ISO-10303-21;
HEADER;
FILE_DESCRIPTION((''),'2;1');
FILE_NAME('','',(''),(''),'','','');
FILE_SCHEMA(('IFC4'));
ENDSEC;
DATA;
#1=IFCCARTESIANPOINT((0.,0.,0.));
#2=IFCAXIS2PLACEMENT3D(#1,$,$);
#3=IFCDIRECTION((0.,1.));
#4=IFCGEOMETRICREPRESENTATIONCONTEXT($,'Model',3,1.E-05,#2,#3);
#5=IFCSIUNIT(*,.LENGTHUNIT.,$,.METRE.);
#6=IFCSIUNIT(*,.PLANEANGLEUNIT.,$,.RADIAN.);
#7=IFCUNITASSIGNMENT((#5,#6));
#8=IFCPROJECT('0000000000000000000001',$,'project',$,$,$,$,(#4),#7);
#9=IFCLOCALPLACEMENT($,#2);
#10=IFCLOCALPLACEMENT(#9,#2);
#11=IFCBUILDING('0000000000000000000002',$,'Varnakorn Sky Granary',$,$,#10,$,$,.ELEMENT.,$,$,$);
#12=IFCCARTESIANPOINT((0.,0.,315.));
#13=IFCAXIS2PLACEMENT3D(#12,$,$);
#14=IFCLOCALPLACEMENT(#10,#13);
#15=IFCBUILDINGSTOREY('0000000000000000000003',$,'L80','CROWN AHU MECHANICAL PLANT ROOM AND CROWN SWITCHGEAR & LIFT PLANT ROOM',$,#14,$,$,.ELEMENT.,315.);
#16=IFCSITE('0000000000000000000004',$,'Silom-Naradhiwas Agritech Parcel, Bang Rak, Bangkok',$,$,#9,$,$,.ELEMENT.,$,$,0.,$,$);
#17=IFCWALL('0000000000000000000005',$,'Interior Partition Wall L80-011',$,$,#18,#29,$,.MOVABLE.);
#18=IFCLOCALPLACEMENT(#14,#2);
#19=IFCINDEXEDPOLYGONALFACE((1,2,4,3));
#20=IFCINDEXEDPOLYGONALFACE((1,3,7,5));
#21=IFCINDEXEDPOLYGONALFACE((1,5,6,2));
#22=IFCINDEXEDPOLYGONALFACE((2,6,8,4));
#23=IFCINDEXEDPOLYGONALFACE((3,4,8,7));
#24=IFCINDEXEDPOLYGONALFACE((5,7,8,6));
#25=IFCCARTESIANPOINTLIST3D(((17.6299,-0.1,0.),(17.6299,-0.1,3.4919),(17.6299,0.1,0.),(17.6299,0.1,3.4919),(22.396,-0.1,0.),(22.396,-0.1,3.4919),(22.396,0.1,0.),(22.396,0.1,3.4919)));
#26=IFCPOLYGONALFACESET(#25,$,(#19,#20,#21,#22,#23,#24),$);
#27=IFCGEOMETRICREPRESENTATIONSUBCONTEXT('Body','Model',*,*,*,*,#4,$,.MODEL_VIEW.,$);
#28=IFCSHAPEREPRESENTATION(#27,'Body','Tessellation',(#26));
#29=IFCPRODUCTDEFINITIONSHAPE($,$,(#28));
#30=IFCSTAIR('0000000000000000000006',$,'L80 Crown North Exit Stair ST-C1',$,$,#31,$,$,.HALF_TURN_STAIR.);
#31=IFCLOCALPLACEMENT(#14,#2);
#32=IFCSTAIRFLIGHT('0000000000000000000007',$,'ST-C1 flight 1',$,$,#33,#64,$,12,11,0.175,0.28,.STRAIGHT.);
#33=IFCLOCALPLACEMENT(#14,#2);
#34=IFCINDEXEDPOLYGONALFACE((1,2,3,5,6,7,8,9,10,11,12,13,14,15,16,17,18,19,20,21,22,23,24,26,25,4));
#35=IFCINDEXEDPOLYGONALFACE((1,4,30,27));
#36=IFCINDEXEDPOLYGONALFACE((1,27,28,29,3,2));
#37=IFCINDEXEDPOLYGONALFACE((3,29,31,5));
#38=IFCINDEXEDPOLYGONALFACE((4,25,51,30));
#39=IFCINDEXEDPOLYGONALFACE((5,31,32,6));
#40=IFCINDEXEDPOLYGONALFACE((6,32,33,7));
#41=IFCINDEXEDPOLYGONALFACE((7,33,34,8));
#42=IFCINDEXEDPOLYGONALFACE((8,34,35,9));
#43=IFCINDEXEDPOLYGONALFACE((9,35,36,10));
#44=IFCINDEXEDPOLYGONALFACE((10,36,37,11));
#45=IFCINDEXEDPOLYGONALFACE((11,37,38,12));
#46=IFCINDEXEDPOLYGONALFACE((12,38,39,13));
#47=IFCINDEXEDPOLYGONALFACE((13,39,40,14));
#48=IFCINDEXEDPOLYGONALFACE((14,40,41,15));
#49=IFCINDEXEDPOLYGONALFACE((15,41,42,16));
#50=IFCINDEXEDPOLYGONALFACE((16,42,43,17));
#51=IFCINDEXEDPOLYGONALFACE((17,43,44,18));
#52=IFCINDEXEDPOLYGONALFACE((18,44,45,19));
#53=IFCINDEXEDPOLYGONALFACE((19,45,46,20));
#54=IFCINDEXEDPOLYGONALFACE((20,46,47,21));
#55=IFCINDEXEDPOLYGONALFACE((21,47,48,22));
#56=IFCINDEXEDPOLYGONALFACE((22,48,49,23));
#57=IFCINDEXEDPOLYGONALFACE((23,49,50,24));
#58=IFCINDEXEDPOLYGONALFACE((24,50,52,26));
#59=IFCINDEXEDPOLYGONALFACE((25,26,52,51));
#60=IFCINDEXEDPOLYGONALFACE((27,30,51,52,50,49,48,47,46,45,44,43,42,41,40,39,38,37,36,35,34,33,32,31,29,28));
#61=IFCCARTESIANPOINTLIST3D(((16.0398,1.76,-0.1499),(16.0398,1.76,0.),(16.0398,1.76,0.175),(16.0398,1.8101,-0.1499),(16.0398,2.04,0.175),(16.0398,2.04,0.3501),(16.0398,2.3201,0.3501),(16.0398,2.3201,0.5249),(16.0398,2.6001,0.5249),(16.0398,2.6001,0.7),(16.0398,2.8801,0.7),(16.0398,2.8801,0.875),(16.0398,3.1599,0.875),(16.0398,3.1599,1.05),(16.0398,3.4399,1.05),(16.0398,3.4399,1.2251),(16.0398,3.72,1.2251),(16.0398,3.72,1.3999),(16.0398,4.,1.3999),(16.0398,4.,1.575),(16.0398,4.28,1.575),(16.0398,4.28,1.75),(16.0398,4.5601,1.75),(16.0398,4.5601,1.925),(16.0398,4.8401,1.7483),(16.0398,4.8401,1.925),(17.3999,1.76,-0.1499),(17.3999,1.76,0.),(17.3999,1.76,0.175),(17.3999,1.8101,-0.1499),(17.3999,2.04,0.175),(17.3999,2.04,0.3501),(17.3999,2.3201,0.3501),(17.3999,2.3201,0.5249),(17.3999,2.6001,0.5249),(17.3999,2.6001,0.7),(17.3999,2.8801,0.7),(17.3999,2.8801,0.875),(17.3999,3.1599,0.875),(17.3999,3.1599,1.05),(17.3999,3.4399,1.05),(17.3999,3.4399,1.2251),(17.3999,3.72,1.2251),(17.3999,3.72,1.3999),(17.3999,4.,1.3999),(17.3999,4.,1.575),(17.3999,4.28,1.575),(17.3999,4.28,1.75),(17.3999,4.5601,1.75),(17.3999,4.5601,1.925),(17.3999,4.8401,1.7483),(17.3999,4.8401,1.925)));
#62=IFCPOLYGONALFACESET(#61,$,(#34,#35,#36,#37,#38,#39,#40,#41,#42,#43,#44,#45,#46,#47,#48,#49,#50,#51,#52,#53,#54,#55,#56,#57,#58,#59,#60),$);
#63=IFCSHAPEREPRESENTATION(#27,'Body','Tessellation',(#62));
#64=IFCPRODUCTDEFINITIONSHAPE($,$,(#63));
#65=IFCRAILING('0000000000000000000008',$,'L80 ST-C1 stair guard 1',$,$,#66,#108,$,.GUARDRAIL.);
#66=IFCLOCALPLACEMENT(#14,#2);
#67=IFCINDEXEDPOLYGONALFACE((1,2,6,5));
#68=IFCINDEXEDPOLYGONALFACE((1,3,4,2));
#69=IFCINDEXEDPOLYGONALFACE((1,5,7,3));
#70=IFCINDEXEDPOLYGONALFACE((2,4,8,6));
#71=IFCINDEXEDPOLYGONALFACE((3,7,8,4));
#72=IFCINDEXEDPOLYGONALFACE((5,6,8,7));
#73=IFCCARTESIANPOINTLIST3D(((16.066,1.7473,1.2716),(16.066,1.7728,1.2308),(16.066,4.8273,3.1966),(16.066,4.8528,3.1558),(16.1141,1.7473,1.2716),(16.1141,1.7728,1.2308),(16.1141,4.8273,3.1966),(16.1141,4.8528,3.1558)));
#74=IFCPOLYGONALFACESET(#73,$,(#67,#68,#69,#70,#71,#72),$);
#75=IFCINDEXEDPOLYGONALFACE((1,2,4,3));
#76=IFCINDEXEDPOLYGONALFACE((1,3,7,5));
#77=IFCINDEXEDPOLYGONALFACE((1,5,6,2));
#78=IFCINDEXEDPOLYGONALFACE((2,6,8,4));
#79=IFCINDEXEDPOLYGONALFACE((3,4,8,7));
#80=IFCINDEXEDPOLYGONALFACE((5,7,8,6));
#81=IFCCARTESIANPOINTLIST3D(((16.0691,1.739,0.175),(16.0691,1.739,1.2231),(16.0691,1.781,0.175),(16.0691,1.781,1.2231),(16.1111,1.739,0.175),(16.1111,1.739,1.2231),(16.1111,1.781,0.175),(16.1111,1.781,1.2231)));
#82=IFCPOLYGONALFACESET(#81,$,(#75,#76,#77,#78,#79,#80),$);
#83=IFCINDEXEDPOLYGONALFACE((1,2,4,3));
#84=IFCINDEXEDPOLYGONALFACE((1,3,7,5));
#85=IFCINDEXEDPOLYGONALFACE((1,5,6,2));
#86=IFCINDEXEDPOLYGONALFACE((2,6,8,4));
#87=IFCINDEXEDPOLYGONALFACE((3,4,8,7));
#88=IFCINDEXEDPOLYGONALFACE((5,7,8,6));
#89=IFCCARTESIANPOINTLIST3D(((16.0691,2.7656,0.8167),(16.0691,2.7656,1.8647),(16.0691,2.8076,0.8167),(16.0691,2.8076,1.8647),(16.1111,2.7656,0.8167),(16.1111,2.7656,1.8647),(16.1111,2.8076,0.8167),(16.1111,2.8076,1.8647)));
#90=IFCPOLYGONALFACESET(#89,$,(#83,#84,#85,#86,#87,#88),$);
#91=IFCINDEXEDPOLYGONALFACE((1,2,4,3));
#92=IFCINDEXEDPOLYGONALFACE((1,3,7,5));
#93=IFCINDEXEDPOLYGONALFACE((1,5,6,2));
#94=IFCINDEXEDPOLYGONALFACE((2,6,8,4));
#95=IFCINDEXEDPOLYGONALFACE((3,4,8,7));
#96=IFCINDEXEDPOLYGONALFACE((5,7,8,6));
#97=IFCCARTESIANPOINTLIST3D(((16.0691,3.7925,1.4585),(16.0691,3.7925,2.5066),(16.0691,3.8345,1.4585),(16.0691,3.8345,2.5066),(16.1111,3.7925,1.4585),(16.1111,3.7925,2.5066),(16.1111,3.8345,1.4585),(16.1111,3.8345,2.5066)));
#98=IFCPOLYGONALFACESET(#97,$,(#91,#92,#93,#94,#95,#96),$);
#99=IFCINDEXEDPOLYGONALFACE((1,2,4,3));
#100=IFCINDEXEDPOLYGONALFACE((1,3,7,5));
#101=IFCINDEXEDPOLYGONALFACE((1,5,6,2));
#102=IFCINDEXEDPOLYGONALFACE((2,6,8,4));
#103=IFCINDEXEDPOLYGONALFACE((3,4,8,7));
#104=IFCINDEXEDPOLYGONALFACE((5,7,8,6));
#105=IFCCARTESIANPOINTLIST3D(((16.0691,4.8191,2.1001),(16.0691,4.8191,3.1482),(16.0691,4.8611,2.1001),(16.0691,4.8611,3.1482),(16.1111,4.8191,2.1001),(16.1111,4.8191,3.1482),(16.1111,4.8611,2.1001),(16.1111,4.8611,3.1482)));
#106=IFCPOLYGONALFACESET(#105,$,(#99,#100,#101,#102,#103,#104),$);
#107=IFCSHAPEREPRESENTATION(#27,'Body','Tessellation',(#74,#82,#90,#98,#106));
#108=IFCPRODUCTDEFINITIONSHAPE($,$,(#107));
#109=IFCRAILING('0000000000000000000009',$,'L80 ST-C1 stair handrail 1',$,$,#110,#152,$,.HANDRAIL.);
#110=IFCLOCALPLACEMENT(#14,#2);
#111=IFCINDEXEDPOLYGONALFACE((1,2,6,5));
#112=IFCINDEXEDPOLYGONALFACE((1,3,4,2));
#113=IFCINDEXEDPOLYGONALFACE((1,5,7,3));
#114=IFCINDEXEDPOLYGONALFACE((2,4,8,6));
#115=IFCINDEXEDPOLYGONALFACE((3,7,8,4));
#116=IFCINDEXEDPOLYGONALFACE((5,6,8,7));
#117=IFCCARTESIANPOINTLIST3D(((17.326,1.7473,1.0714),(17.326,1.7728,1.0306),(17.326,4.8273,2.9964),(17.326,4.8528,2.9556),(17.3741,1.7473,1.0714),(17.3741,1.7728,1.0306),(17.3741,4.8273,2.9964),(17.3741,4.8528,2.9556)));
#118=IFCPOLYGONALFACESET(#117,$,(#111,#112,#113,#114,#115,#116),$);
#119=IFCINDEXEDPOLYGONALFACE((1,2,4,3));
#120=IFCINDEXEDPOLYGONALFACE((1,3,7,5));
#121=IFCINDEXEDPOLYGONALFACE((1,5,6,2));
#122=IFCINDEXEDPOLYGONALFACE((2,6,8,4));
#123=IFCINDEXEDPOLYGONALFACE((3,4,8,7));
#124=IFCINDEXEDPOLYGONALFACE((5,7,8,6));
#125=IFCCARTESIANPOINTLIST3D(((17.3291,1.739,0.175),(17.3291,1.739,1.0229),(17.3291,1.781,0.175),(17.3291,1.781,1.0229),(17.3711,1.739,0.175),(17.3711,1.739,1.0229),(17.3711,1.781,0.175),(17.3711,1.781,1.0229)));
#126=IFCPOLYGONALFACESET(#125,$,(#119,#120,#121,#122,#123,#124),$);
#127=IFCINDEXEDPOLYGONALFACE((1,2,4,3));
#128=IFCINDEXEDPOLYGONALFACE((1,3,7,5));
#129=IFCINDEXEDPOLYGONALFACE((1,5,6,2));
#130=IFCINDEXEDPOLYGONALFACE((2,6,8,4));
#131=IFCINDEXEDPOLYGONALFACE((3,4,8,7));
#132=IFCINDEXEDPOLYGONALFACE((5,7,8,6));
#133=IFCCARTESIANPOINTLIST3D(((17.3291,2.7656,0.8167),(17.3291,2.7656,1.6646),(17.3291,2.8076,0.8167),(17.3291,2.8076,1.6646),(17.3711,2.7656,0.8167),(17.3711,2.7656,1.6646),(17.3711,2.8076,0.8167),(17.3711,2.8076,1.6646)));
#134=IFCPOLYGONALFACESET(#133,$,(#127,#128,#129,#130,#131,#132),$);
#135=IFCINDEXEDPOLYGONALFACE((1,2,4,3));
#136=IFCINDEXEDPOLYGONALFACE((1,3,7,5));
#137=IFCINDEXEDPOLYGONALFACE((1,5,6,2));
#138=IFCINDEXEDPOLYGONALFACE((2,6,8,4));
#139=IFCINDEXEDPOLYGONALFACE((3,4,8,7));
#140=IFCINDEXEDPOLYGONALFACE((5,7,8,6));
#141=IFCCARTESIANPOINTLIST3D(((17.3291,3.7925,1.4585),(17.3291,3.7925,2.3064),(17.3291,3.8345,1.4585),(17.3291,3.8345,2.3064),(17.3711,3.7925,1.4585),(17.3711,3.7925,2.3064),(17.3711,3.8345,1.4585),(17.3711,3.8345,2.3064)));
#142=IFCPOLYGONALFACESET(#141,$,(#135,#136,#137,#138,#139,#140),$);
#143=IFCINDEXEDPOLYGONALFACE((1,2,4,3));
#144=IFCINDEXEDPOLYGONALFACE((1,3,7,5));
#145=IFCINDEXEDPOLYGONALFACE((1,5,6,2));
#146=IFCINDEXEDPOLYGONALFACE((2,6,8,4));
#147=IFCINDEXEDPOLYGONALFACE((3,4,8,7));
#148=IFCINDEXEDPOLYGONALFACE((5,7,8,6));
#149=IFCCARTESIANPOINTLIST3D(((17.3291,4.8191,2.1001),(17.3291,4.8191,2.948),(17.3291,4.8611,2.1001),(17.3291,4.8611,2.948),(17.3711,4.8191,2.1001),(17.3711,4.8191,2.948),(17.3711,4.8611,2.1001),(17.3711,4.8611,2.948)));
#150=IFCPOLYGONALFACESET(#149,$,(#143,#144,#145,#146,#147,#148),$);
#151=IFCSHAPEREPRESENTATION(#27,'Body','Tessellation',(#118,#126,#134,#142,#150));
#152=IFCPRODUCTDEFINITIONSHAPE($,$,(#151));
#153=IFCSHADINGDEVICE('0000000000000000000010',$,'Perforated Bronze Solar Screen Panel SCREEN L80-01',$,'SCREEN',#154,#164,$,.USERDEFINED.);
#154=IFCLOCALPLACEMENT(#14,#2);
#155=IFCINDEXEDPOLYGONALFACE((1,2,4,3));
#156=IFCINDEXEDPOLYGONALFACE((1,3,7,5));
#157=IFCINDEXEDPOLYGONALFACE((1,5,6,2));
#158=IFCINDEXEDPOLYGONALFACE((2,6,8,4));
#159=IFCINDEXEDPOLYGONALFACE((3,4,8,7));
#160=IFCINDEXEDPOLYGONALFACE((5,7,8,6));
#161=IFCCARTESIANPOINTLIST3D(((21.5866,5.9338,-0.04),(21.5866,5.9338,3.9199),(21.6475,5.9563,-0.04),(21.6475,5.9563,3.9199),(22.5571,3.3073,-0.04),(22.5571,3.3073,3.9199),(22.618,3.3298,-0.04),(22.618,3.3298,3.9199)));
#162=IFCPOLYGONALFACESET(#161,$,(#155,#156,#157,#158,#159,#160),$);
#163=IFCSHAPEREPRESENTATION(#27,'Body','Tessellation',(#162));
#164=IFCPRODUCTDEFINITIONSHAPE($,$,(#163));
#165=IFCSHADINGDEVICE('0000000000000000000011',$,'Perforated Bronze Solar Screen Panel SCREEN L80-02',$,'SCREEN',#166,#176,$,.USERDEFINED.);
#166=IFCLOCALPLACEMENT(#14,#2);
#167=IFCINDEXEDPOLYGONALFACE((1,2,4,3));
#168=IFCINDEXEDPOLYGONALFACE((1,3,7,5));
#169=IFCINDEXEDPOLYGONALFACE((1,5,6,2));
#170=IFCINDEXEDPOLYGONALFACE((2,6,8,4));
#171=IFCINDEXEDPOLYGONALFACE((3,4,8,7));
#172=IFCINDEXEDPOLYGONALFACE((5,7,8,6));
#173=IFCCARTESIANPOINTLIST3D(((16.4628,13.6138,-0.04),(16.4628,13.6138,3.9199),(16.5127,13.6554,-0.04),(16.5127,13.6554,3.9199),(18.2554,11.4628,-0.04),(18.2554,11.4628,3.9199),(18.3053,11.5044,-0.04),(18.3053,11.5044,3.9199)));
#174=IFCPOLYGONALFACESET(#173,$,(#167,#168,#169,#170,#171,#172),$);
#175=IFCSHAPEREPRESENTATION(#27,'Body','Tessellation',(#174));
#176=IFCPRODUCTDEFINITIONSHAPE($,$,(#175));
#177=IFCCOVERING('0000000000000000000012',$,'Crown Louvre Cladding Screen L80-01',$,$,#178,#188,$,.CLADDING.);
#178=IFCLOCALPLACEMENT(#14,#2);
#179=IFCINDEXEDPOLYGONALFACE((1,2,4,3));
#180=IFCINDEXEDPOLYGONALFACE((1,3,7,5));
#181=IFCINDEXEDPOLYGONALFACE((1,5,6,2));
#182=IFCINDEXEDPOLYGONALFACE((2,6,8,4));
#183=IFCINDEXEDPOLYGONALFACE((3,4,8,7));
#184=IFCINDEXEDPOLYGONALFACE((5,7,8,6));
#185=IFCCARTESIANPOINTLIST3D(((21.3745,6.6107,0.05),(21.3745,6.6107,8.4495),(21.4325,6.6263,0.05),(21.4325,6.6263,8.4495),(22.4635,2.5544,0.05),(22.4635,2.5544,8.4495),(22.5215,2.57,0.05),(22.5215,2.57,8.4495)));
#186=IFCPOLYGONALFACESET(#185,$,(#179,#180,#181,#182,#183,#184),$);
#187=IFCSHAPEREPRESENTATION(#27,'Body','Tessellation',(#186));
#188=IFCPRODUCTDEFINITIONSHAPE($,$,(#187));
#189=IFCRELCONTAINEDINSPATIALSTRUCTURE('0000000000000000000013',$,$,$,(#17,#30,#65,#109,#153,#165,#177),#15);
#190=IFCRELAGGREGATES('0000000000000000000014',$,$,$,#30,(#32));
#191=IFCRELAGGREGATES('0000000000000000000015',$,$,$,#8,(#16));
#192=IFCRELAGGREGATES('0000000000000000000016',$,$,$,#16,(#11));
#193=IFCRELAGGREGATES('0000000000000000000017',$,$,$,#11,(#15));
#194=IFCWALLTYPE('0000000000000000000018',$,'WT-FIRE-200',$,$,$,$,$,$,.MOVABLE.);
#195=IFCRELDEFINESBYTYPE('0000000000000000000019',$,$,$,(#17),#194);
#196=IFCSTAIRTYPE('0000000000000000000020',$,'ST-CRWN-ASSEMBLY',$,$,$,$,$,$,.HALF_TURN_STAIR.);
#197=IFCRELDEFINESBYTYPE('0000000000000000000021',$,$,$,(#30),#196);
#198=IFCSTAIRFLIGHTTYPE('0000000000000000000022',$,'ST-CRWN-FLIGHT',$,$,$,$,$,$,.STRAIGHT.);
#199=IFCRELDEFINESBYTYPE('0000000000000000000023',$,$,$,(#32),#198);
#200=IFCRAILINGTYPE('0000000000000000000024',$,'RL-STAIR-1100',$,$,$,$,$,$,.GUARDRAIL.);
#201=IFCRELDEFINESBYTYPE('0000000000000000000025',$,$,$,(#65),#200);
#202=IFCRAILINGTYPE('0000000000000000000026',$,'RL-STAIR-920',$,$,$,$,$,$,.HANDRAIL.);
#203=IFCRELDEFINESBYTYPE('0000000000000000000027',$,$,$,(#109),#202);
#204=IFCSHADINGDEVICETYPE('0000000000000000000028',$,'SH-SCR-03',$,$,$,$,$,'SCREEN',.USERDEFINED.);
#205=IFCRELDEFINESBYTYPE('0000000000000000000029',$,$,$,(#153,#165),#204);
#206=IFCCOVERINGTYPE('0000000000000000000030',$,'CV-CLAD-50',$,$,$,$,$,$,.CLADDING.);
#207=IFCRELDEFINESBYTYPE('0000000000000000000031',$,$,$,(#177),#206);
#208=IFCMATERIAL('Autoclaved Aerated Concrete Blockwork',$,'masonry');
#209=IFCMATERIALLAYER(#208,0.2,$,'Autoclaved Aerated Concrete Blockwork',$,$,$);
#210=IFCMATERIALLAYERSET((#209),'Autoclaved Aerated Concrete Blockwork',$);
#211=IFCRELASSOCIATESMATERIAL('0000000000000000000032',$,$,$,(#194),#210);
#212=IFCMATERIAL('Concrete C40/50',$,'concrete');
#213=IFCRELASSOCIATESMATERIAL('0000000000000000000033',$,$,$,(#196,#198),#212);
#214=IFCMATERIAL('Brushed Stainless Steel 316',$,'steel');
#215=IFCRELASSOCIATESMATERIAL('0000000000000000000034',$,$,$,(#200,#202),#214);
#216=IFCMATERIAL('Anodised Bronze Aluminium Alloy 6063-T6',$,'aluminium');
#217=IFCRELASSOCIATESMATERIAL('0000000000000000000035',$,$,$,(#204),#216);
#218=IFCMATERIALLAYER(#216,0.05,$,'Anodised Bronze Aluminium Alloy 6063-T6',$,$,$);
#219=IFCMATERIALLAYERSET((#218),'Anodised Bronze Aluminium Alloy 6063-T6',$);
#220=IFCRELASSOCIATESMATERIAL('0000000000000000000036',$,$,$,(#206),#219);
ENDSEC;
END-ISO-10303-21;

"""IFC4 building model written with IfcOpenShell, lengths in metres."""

from ifc_helpers import new_model, si_unit, direction, frame, frame_2d, origin, origin_2d, place, context, subcontext, project, spatial, polyline, rectangle, outline, extrude, source, transform, mapped, material, layer, layer_set, type_object, type_shapes, element, aggregate, save


model = new_model("IFC4")

# Units and contexts
model_context = context("Model", 3, precision=1e-05, world=origin(), true_north=direction((0.0, 1.0)))
body_context = subcontext(model_context, "Body", "Model", "MODEL_VIEW")
ifc_project = project(units=[si_unit("LENGTHUNIT", "METRE"), si_unit("PLANEANGLEUNIT", "RADIAN")], contexts=[model_context])

# Site, building, storey
site_placement = place(None, origin())
site = spatial("IfcSite", under=ifc_project, at=site_placement, Name="Silom-Naradhiwas Agritech Parcel, Bang Rak, Bangkok", CompositionType="ELEMENT", RefElevation=0.0)
building_placement = place(site_placement, origin())
building = spatial("IfcBuilding", under=site, at=building_placement, Name="Varnakorn Sky Granary", CompositionType="ELEMENT")
storey_placement = place(building_placement, frame((0.0, 0.0, 315.0)))
storey = spatial("IfcBuildingStorey", under=building, at=storey_placement, Name="L80", Description="CROWN AHU MECHANICAL PLANT ROOM AND CROWN SWITCHGEAR & LIFT PLANT ROOM", CompositionType="ELEMENT", Elevation=315.0)

# Shared definitions
ifc_material_1 = material(Name="Anodised Bronze Aluminium Alloy 6063-T6", Category="aluminium")

# Wall
ifc_material_2 = material(Name="Autoclaved Aerated Concrete Blockwork", Category="masonry")
ifc_layer_1 = layer(ifc_material_2, 0.2, Name="Autoclaved Aerated Concrete Blockwork")
ifc_layer_set_1 = layer_set([ifc_layer_1], Name="Autoclaved Aerated Concrete Blockwork")
wall_type_1 = type_object("IfcWallType", Name="WT-FIRE-200", PredefinedType="MOVABLE", material=ifc_layer_set_1)
wall_1_placement = place(storey_placement, frame((22.396, 0.0, 0.0), z_axis=(0.0, 0.0, 1.0), x_axis=(-1.0, 0.0, 0.0)))
element("IfcWall", 1, at=wall_1_placement, inside=storey, type_object=wall_type_1, Name="Interior Partition Wall L80-011", PredefinedType="MOVABLE", context=body_context, shape_type="SweptSolid", body=[
    extrude(rectangle(XDim=4.7661, YDim=0.2, at=frame_2d((2.3831, 0.0))), origin(), (0.0, 0.0, 1.0), 3.4919),
])

# Stair, stair flight
ifc_material_3 = material(Name="Concrete C40/50", Category="concrete")
stair_type = type_object("IfcStairType", Name="ST-CRWN-ASSEMBLY", PredefinedType="HALF_TURN_STAIR", material=ifc_material_3)
stair_placement = place(storey_placement, origin())
stair = element("IfcStair", 2, at=stair_placement, inside=storey, type_object=stair_type, Name="L80 Crown North Exit Stair ST-C1", PredefinedType="HALF_TURN_STAIR")
stair_flight_type = type_object("IfcStairFlightType", Name="ST-CRWN-FLIGHT", PredefinedType="STRAIGHT", material=ifc_material_3)
stair_flight_placement = place(storey_placement, frame((16.72, 1.76, 0.0), z_axis=(0.0, 0.0, 1.0), x_axis=(0.0, 1.0, 0.0)))
stair_flight = element("IfcStairFlight", 3, at=stair_flight_placement, type_object=stair_flight_type, Name="ST-C1 flight 1", NumberOfRisers=12, NumberOfTreads=11, PredefinedType="STRAIGHT", RiserHeight=0.175, TreadLength=0.28, context=body_context, shape_type="SweptSolid", body=[
    extrude(outline(polyline([(0.0, -0.1499), (0.0, 0.0), (0.0, 0.175), (0.28, 0.175), (0.28, 0.3501), (0.5601, 0.3501), (0.5601, 0.5249), (0.8401, 0.5249), (0.8401, 0.7), (1.1201, 0.7), (1.1201, 0.875), (1.3999, 0.875), (1.3999, 1.05), (1.6799, 1.05), (1.6799, 1.2251), (1.96, 1.2251), (1.96, 1.3999), (2.24, 1.3999), (2.24, 1.575), (2.52, 1.575), (2.52, 1.75), (2.8, 1.75), (2.8, 1.925), (3.0801, 1.925), (3.0801, 2.1001), (3.0801, 1.7483), (0.05, -0.1499), (0.0, -0.1499)])), frame((0.0, 0.6802, 0.0), z_axis=(0.0, -1.0, 0.0), x_axis=(1.0, 0.0, 0.0)), (0.0, 0.0, 1.0), 1.3601),
])
aggregate(stair, [stair_flight])

# Railings
ifc_material_4 = material(Name="Brushed Stainless Steel 316", Category="steel")
railing_type_1 = type_object("IfcRailingType", Name="RL-STAIR-1100", PredefinedType="GUARDRAIL", material=ifc_material_4)
railing_1_placement = place(storey_placement, frame((16.0901, 1.76, 0.175)))
element("IfcRailing", 4, at=railing_1_placement, inside=storey, type_object=railing_type_1, Name="L80 ST-C1 stair guard 1", PredefinedType="GUARDRAIL", context=body_context, shape_type="SweptSolid", body=[
    extrude(rectangle(XDim=0.0481, YDim=0.0481, at=origin_2d()), frame((0.0, 0.0, 1.0762), z_axis=(0.0, 0.847998, 0.529999), x_axis=(-1.0, 0.0, 0.0)), (0.0, 0.0, 1.0), 3.6321),
    extrude(rectangle(XDim=0.042, YDim=0.042, at=origin_2d()), origin(), (0.0, 0.0, 1.0), 1.0481),
    extrude(rectangle(XDim=0.042, YDim=0.042, at=origin_2d()), frame((0.0, 1.0266, 0.6416)), (0.0, 0.0, 1.0), 1.0481),
    extrude(rectangle(XDim=0.042, YDim=0.042, at=origin_2d()), frame((0.0, 2.0535, 1.2834)), (0.0, 0.0, 1.0), 1.0481),
    extrude(rectangle(XDim=0.042, YDim=0.042, at=origin_2d()), frame((0.0, 3.0801, 1.925)), (0.0, 0.0, 1.0), 1.0481),
])
railing_type_2 = type_object("IfcRailingType", Name="RL-STAIR-920", PredefinedType="HANDRAIL", material=ifc_material_4)
railing_2_placement = place(storey_placement, frame((17.3501, 1.76, 0.175)))
element("IfcRailing", 5, at=railing_2_placement, inside=storey, type_object=railing_type_2, Name="L80 ST-C1 stair handrail 1", PredefinedType="HANDRAIL", context=body_context, shape_type="SweptSolid", body=[
    extrude(rectangle(XDim=0.0481, YDim=0.0481, at=origin_2d()), frame((0.0, 0.0, 0.876), z_axis=(0.0, 0.847998, 0.529999), x_axis=(-1.0, 0.0, 0.0)), (0.0, 0.0, 1.0), 3.6321),
    extrude(rectangle(XDim=0.042, YDim=0.042, at=origin_2d()), origin(), (0.0, 0.0, 1.0), 0.8479),
    extrude(rectangle(XDim=0.042, YDim=0.042, at=origin_2d()), frame((0.0, 1.0266, 0.6416)), (0.0, 0.0, 1.0), 0.8479),
    extrude(rectangle(XDim=0.042, YDim=0.042, at=origin_2d()), frame((0.0, 2.0535, 1.2834)), (0.0, 0.0, 1.0), 0.8479),
    extrude(rectangle(XDim=0.042, YDim=0.042, at=origin_2d()), frame((0.0, 3.0801, 1.925)), (0.0, 0.0, 1.0), 0.8479),
])

# Shading devices
shading_device_type = type_object("IfcShadingDeviceType", Name="SH-SCR-03", ElementType="SCREEN", PredefinedType="USERDEFINED", material=ifc_material_1)
shared_shape_1 = source(origin(), body_context, "Body", "SweptSolid", [
    extrude(rectangle(XDim=2.8, YDim=0.0649, at=origin_2d()), origin(), (0.0, 0.0, 1.0), 3.96),
])
type_shapes(shading_device_type, [shared_shape_1])
for number, where, z_axis, x_axis, name in (
    (6, (22.1023, 4.6318, -0.04), (0.0, 0.0, 1.0), (-0.346582, 0.93802, 0.0), "Perforated Bronze Solar Screen Panel SCREEN L80-01"),
    (7, (17.384, 12.5591, -0.04), (0.0, 0.0, 1.0), (-0.640206, 0.768203, 0.0), "Perforated Bronze Solar Screen Panel SCREEN L80-02"),
):
    element("IfcShadingDevice", number, at=place(storey_placement, frame(where, z_axis=z_axis, x_axis=x_axis)), inside=storey, type_object=shading_device_type, Name=name, ObjectType="SCREEN", PredefinedType="USERDEFINED", context=body_context, shape_type="MappedRepresentation", body=[
        mapped(shared_shape_1, transform((0.0, 0.0, 0.0), x_axis=(1.0, 0.0, 0.0), y_axis=(0.0, 1.0, 0.0), z_axis=(0.0, 0.0, 1.0), scale=1.0)),
    ])

# Covering
ifc_layer_2 = layer(ifc_material_1, 0.05, Name="Anodised Bronze Aluminium Alloy 6063-T6")
ifc_layer_set_2 = layer_set([ifc_layer_2], Name="Anodised Bronze Aluminium Alloy 6063-T6")
covering_type = type_object("IfcCoveringType", Name="CV-CLAD-50", PredefinedType="CLADDING", material=ifc_layer_set_2)
shared_shape_2 = source(origin(), body_context, "Body", "SweptSolid", [
    extrude(rectangle(XDim=4.2, YDim=0.0601, at=origin_2d()), origin(), (0.0, 0.0, 1.0), 8.3994),
])
covering_1_placement = place(storey_placement, frame((21.948, 4.5903, 0.05), z_axis=(0.0, 0.0, 1.0), x_axis=(-0.259298, 0.965797, 0.0)))
element("IfcCovering", 8, at=covering_1_placement, inside=storey, type_object=covering_type, Name="Crown Louvre Cladding Screen L80-01", PredefinedType="CLADDING", context=body_context, shape_type="MappedRepresentation", body=[
    mapped(shared_shape_2, transform((0.0, 0.0, 0.0), x_axis=(1.0, 0.0, 0.0), y_axis=(0.0, 1.0, 0.0), z_axis=(0.0, 0.0, 1.0), scale=1.0)),
])

save(model, "model.ifc")
